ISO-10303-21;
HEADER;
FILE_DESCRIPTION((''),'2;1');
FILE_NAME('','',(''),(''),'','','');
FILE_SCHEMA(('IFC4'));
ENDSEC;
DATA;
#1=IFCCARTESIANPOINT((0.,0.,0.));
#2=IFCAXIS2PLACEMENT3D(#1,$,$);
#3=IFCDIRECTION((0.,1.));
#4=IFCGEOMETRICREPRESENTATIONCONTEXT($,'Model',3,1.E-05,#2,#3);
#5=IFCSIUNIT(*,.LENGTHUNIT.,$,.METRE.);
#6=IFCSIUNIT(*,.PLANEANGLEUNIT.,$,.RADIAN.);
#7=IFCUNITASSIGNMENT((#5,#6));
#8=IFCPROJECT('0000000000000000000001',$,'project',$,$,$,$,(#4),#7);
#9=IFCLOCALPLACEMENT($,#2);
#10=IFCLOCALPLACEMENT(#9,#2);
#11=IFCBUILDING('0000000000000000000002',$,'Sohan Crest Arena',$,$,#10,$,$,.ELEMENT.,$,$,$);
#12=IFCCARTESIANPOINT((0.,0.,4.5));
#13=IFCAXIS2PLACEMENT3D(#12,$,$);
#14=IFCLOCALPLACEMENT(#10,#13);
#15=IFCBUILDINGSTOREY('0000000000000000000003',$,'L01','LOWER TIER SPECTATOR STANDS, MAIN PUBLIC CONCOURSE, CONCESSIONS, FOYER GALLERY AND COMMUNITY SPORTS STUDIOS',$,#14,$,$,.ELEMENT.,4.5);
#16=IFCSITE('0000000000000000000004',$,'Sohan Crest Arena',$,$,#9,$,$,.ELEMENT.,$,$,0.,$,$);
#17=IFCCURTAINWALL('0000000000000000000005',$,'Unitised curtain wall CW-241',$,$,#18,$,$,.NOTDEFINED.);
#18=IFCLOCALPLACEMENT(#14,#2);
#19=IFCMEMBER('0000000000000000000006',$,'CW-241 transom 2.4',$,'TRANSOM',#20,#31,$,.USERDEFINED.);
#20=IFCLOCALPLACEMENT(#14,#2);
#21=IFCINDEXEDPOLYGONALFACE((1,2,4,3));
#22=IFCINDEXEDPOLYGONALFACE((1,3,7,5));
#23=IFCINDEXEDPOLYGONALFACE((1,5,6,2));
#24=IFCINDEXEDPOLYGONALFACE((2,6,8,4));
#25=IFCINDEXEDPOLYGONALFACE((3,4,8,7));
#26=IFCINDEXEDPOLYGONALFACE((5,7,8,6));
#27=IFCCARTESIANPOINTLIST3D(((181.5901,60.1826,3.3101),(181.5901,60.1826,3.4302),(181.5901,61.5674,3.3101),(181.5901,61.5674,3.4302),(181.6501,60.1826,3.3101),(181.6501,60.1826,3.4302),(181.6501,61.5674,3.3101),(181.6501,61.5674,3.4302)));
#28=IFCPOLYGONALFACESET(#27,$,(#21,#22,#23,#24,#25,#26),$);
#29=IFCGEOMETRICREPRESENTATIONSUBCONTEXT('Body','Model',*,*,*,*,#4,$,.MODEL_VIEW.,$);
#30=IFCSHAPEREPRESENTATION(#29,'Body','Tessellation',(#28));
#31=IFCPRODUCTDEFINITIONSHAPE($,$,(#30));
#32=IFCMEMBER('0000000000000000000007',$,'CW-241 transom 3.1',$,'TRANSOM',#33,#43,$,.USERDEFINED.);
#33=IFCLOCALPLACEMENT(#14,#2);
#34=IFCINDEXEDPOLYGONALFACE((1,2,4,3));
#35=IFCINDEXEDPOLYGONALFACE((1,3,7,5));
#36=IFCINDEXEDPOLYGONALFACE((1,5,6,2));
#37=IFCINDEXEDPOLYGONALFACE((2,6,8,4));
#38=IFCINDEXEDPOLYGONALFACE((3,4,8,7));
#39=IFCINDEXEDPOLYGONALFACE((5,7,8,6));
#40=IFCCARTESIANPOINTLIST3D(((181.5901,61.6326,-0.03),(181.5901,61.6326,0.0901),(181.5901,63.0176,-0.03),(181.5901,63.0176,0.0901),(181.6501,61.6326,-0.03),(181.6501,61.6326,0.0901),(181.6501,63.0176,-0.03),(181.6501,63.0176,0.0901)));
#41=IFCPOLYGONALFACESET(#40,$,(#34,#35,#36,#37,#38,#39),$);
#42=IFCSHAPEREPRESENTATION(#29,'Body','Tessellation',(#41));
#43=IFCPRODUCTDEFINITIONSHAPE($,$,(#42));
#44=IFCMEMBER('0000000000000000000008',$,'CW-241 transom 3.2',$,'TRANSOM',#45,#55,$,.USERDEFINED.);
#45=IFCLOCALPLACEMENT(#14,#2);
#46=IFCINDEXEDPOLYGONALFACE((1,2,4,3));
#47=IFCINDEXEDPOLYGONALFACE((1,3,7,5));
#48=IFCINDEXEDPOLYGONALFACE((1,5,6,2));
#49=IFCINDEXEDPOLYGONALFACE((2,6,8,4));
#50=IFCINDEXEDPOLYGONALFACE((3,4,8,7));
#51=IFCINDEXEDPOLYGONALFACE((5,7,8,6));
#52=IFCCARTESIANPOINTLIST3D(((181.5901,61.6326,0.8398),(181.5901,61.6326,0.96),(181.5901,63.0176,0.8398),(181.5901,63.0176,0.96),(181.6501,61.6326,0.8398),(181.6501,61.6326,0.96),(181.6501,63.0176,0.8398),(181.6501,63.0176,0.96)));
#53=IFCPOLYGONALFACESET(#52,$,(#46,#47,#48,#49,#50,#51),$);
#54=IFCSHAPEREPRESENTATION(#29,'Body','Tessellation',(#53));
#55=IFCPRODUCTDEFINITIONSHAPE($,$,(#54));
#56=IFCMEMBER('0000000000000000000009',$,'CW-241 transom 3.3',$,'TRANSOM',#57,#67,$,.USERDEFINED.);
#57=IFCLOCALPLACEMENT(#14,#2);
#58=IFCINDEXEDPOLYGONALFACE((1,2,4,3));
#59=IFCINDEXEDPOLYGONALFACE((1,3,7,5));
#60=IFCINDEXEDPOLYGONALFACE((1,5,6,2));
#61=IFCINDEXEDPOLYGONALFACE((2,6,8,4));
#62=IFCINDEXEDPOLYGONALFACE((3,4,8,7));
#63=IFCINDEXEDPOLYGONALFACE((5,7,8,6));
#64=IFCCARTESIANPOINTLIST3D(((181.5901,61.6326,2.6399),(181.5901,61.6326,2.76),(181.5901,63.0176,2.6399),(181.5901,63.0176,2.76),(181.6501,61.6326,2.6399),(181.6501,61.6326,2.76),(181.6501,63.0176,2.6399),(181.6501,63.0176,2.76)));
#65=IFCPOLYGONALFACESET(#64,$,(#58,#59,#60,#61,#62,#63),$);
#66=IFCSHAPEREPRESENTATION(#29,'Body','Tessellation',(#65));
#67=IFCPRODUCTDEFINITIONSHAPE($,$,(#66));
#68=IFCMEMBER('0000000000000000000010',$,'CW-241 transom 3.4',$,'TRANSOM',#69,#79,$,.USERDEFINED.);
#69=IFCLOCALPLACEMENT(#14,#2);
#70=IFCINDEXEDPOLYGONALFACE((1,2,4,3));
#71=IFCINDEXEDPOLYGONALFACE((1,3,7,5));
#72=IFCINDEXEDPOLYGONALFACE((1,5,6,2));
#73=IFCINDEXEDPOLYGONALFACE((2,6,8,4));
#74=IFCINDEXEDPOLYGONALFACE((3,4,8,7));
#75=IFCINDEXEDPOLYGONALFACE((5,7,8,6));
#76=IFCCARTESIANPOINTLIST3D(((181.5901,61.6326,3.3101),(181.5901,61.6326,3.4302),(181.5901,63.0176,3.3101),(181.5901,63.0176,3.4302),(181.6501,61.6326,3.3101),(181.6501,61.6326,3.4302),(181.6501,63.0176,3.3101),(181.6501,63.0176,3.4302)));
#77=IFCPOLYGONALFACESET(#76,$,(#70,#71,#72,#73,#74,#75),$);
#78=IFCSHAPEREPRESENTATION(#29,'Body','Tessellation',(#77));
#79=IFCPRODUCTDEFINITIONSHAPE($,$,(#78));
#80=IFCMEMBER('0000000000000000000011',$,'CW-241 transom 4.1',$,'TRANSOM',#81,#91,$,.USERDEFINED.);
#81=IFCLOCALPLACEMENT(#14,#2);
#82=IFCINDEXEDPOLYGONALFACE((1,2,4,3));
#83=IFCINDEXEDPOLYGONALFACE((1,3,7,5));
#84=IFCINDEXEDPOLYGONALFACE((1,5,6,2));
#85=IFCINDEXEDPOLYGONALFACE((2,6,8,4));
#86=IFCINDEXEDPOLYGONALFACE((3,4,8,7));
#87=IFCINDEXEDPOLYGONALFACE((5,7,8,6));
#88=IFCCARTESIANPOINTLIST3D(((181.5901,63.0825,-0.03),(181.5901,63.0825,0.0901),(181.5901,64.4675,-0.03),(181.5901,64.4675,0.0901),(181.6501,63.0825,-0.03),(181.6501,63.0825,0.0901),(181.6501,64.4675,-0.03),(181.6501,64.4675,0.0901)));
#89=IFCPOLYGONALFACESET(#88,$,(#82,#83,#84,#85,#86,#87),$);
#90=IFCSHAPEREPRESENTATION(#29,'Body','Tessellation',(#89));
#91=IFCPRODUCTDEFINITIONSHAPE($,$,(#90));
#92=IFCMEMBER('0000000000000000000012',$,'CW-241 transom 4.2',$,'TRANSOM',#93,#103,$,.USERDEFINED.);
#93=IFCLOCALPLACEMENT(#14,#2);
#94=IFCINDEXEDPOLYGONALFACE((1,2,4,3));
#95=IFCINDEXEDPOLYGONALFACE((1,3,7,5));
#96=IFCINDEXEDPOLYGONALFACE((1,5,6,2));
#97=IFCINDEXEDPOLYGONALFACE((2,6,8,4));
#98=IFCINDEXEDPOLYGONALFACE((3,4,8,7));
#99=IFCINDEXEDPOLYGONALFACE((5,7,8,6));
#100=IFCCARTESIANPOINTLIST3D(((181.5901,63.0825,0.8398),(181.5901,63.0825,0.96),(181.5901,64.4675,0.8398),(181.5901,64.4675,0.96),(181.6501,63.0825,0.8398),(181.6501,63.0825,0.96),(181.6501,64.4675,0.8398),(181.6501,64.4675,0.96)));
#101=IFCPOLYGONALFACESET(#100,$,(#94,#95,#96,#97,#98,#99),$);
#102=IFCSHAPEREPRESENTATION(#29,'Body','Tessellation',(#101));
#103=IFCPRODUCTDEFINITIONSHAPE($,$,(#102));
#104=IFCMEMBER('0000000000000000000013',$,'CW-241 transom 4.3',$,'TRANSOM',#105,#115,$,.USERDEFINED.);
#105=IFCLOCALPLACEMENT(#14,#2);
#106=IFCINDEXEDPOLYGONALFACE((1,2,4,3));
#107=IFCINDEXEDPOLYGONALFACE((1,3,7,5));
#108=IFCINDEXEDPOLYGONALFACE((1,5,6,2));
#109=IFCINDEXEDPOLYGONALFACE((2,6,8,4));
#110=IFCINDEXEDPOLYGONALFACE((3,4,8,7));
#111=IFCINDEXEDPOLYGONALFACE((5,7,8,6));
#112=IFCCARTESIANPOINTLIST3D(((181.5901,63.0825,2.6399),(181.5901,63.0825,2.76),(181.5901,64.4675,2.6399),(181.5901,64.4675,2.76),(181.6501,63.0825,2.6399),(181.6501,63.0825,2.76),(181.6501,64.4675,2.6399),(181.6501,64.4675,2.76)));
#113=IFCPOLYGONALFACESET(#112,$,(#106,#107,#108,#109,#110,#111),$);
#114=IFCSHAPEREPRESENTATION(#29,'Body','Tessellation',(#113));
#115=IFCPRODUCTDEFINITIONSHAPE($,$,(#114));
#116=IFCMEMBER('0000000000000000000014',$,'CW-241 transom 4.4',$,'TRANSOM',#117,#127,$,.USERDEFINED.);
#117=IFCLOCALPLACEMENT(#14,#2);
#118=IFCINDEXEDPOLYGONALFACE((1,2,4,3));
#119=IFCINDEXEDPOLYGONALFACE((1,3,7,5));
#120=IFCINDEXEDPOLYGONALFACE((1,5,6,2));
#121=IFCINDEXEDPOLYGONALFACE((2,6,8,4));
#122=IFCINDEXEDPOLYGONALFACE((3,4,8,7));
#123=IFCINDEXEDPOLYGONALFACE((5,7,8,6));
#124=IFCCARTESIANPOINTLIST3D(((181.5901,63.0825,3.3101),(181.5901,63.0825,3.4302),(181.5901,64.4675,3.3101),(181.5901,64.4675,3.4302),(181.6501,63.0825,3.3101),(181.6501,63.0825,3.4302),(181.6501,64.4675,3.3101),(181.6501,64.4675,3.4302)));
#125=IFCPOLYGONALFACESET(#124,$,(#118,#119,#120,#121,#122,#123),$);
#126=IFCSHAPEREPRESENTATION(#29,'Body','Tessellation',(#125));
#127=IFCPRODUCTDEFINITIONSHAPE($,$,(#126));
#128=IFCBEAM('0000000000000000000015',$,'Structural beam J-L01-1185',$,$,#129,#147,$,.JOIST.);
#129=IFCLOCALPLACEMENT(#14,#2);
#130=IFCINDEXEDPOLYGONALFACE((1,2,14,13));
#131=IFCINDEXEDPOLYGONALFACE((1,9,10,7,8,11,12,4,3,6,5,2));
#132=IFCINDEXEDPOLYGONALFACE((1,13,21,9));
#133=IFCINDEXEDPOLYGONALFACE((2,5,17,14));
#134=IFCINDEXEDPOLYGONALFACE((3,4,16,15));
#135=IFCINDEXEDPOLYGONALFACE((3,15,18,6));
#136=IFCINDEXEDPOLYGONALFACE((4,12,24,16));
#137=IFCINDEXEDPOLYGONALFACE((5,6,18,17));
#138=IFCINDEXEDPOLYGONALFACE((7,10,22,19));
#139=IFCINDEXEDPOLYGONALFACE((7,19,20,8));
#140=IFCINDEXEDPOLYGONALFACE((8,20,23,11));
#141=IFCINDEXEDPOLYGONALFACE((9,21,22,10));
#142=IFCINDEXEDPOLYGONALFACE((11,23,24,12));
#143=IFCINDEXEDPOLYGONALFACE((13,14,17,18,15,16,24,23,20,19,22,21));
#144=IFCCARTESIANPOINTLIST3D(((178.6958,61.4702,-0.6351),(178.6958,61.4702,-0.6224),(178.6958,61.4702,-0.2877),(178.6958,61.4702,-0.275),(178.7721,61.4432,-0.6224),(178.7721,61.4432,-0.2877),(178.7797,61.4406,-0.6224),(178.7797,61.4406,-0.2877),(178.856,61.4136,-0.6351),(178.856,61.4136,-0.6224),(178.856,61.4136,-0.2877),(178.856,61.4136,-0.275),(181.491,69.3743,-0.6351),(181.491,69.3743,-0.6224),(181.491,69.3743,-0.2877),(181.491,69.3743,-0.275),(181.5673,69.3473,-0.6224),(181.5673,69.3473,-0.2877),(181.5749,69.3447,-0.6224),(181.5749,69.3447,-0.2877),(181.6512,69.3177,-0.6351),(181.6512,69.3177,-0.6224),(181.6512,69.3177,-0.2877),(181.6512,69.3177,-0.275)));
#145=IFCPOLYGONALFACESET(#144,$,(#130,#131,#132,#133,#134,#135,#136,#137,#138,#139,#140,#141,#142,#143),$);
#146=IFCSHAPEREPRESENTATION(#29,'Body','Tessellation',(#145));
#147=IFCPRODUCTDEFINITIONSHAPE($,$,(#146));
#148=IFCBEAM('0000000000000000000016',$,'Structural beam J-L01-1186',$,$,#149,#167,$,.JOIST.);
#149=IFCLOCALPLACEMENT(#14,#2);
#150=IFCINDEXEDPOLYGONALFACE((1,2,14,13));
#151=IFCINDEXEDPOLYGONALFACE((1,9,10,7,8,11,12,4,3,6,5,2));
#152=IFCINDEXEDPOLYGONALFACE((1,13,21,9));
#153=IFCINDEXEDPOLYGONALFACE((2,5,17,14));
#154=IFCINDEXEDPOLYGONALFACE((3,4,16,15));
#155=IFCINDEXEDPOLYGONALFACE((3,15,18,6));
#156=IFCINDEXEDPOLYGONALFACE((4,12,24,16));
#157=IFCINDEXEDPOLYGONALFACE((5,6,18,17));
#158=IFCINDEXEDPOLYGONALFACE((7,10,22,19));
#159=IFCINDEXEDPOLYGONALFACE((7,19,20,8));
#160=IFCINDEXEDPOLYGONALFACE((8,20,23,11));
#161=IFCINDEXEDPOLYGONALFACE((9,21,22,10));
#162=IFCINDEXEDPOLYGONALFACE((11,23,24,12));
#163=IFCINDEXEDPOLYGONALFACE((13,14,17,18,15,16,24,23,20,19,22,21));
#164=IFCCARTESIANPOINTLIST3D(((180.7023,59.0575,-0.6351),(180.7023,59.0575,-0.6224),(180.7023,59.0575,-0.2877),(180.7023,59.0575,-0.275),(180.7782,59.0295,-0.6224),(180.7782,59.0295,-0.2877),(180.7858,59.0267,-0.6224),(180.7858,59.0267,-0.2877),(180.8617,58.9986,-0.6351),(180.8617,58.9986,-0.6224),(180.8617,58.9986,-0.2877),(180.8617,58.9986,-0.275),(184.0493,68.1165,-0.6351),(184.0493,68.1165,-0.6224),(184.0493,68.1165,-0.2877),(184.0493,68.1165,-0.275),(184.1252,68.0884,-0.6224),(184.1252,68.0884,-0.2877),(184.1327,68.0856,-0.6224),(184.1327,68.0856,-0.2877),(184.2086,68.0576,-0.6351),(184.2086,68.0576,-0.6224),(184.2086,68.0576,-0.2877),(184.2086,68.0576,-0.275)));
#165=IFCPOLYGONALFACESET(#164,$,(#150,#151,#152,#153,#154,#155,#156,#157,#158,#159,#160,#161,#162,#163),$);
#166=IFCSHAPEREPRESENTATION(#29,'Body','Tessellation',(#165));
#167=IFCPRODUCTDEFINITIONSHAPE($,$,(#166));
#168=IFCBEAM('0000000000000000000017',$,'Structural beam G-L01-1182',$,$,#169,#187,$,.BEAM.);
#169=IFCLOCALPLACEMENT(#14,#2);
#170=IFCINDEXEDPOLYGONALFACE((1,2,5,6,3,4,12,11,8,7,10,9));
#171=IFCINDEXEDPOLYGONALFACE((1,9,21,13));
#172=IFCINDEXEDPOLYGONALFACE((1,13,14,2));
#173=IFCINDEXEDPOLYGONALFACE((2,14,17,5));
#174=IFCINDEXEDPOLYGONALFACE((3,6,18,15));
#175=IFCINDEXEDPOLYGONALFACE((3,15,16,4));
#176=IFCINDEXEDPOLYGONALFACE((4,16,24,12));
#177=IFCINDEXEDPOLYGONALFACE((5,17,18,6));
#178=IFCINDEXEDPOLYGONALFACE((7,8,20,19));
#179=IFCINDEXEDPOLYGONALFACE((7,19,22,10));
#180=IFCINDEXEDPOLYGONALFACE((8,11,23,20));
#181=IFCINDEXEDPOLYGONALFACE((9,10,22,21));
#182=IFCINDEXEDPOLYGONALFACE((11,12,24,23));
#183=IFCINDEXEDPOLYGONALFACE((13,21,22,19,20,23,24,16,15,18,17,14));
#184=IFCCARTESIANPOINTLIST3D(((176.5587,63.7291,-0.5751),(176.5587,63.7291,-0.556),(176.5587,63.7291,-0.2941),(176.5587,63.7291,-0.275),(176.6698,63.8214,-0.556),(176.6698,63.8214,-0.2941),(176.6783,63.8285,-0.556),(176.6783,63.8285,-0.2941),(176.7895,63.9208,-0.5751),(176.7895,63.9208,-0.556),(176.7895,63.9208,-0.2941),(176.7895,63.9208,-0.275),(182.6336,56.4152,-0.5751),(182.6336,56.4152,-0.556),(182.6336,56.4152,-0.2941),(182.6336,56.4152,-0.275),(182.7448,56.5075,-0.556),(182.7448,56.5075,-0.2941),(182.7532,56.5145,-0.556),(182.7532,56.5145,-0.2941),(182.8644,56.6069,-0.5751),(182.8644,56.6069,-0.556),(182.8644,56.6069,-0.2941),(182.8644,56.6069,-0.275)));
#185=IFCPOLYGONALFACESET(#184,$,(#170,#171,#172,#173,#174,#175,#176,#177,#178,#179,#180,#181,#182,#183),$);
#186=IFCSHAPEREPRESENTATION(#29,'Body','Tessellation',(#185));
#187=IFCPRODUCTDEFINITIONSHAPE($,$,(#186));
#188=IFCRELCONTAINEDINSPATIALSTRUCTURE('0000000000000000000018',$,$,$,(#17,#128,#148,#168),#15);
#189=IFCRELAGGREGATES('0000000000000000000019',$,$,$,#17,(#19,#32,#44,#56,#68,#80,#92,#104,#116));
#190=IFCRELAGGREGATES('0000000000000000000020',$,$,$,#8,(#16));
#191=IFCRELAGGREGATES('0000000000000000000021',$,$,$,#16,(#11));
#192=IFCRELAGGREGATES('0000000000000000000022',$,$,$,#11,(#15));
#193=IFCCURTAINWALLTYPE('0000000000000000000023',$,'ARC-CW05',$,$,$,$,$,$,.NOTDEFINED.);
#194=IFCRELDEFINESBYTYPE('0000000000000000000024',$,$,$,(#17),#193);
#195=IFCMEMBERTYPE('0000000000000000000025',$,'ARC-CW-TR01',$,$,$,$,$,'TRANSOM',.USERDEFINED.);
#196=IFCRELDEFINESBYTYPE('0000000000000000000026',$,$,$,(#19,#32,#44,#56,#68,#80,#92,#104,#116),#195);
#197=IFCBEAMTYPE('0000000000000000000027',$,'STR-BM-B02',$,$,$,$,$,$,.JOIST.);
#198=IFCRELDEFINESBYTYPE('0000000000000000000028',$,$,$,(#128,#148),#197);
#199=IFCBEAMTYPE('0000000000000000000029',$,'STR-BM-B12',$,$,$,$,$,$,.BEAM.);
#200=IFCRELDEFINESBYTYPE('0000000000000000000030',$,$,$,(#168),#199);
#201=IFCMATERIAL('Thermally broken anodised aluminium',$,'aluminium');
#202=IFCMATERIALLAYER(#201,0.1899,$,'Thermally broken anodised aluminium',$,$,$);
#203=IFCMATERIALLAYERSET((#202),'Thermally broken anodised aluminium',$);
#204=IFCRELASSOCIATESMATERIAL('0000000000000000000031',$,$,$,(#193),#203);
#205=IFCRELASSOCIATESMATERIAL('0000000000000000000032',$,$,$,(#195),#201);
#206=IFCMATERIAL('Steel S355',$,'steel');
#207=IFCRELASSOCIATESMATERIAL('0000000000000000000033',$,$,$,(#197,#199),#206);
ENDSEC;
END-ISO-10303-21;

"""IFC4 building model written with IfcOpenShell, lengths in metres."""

from ifc_helpers import new_model, si_unit, direction, frame, origin, origin_2d, place, context, subcontext, project, spatial, rectangle, i_section, extrude, material, layer, layer_set, material_profile, profile_set, type_object, element, aggregate, save


model = new_model("IFC4")

# Units and contexts
model_context = context("Model", 3, precision=1e-05, world=origin(), true_north=direction((0.0, 1.0)))
body_context = subcontext(model_context, "Body", "Model", "MODEL_VIEW")
ifc_project = project(units=[si_unit("LENGTHUNIT", "METRE"), si_unit("PLANEANGLEUNIT", "RADIAN")], contexts=[model_context])

# Site, building, storey
site_placement = place(None, origin())
site = spatial("IfcSite", under=ifc_project, at=site_placement, Name="Sohan Crest Arena", CompositionType="ELEMENT", RefElevation=0.0)
building_placement = place(site_placement, origin())
building = spatial("IfcBuilding", under=site, at=building_placement, Name="Sohan Crest Arena", CompositionType="ELEMENT")
storey_placement = place(building_placement, frame((0.0, 0.0, 4.5)))
storey = spatial("IfcBuildingStorey", under=building, at=storey_placement, Name="L01", Description="LOWER TIER SPECTATOR STANDS, MAIN PUBLIC CONCOURSE, CONCESSIONS, FOYER GALLERY AND COMMUNITY SPORTS STUDIOS", CompositionType="ELEMENT", Elevation=4.5)

# Shared definitions
ifc_material_1 = material(Name="Steel S355", Category="steel")

# Curtain wall, members
ifc_material_2 = material(Name="Thermally broken anodised aluminium", Category="aluminium")
ifc_layer_1 = layer(ifc_material_2, 0.1899, Name="Thermally broken anodised aluminium")
ifc_layer_set_1 = layer_set([ifc_layer_1], Name="Thermally broken anodised aluminium")
curtain_wall_type = type_object("IfcCurtainWallType", Name="ARC-CW05", PredefinedType="NOTDEFINED", material=ifc_layer_set_1)
curtain_wall_placement = place(storey_placement, origin())
curtain_wall = element("IfcCurtainWall", 1, at=curtain_wall_placement, inside=storey, type_object=curtain_wall_type, Name="Unitised curtain wall CW-241", PredefinedType="NOTDEFINED")
ifc_material_profile_1 = material_profile(ifc_material_2, rectangle(XDim=0.0601, YDim=0.1201, at=origin_2d()), Name="ALU-TRAN 60x120")
ifc_profile_set_1 = profile_set([ifc_material_profile_1], Name="Thermally broken anodised aluminium")
member_type_1 = type_object("IfcMemberType", Name="ARC-CW-TR01", ElementType="TRANSOM", PredefinedType="USERDEFINED", material=ifc_profile_set_1)
member_1_placement = place(storey_placement, frame((181.6201, 60.1826, 3.3701), z_axis=(0.0, 1.0, 0.0), x_axis=(-1.0, 0.0, 0.0)))
member_1 = element("IfcMember", 2, at=member_1_placement, type_object=member_type_1, Name="CW-241 transom 2.4", ObjectType="TRANSOM", PredefinedType="USERDEFINED", context=body_context, shape_type="SweptSolid", body=[
    extrude(rectangle(XDim=0.0601, YDim=0.1201, at=origin_2d()), origin(), (0.0, 0.0, 1.0), 1.3848),
])
member_2_placement = place(storey_placement, frame((181.6201, 61.6326, 0.03), z_axis=(0.0, 1.0, 0.0), x_axis=(-1.0, 0.0, 0.0)))
member_2 = element("IfcMember", 3, at=member_2_placement, type_object=member_type_1, Name="CW-241 transom 3.1", ObjectType="TRANSOM", PredefinedType="USERDEFINED", context=body_context, shape_type="SweptSolid", body=[
    extrude(rectangle(XDim=0.0601, YDim=0.1201, at=origin_2d()), origin(), (0.0, 0.0, 1.0), 1.385),
])
member_3_placement = place(storey_placement, frame((181.6201, 61.6326, 0.8999), z_axis=(0.0, 1.0, 0.0), x_axis=(-1.0, 0.0, 0.0)))
member_3 = element("IfcMember", 4, at=member_3_placement, type_object=member_type_1, Name="CW-241 transom 3.2", ObjectType="TRANSOM", PredefinedType="USERDEFINED", context=body_context, shape_type="SweptSolid", body=[
    extrude(rectangle(XDim=0.0601, YDim=0.1201, at=origin_2d()), origin(), (0.0, 0.0, 1.0), 1.385),
])
member_4_placement = place(storey_placement, frame((181.6201, 61.6326, 2.7), z_axis=(0.0, 1.0, 0.0), x_axis=(-1.0, 0.0, 0.0)))
member_4 = element("IfcMember", 5, at=member_4_placement, type_object=member_type_1, Name="CW-241 transom 3.3", ObjectType="TRANSOM", PredefinedType="USERDEFINED", context=body_context, shape_type="SweptSolid", body=[
    extrude(rectangle(XDim=0.0601, YDim=0.1201, at=origin_2d()), origin(), (0.0, 0.0, 1.0), 1.385),
])
member_5_placement = place(storey_placement, frame((181.6201, 61.6326, 3.3701), z_axis=(0.0, 1.0, 0.0), x_axis=(-1.0, 0.0, 0.0)))
member_5 = element("IfcMember", 6, at=member_5_placement, type_object=member_type_1, Name="CW-241 transom 3.4", ObjectType="TRANSOM", PredefinedType="USERDEFINED", context=body_context, shape_type="SweptSolid", body=[
    extrude(rectangle(XDim=0.0601, YDim=0.1201, at=origin_2d()), origin(), (0.0, 0.0, 1.0), 1.385),
])
member_6_placement = place(storey_placement, frame((181.6201, 63.0825, 0.03), z_axis=(0.0, 1.0, 0.0), x_axis=(-1.0, 0.0, 0.0)))
member_6 = element("IfcMember", 7, at=member_6_placement, type_object=member_type_1, Name="CW-241 transom 4.1", ObjectType="TRANSOM", PredefinedType="USERDEFINED", context=body_context, shape_type="SweptSolid", body=[
    extrude(rectangle(XDim=0.0601, YDim=0.1201, at=origin_2d()), origin(), (0.0, 0.0, 1.0), 1.385),
])
member_7_placement = place(storey_placement, frame((181.6201, 63.0825, 0.8999), z_axis=(0.0, 1.0, 0.0), x_axis=(-1.0, 0.0, 0.0)))
member_7 = element("IfcMember", 8, at=member_7_placement, type_object=member_type_1, Name="CW-241 transom 4.2", ObjectType="TRANSOM", PredefinedType="USERDEFINED", context=body_context, shape_type="SweptSolid", body=[
    extrude(rectangle(XDim=0.0601, YDim=0.1201, at=origin_2d()), origin(), (0.0, 0.0, 1.0), 1.385),
])
member_8_placement = place(storey_placement, frame((181.6201, 63.0825, 2.7), z_axis=(0.0, 1.0, 0.0), x_axis=(-1.0, 0.0, 0.0)))
member_8 = element("IfcMember", 9, at=member_8_placement, type_object=member_type_1, Name="CW-241 transom 4.3", ObjectType="TRANSOM", PredefinedType="USERDEFINED", context=body_context, shape_type="SweptSolid", body=[
    extrude(rectangle(XDim=0.0601, YDim=0.1201, at=origin_2d()), origin(), (0.0, 0.0, 1.0), 1.385),
])
member_9_placement = place(storey_placement, frame((181.6201, 63.0825, 3.3701), z_axis=(0.0, 1.0, 0.0), x_axis=(-1.0, 0.0, 0.0)))
member_9 = element("IfcMember", 10, at=member_9_placement, type_object=member_type_1, Name="CW-241 transom 4.4", ObjectType="TRANSOM", PredefinedType="USERDEFINED", context=body_context, shape_type="SweptSolid", body=[
    extrude(rectangle(XDim=0.0601, YDim=0.1201, at=origin_2d()), origin(), (0.0, 0.0, 1.0), 1.385),
])

# Beams
ifc_material_profile_2 = material_profile(ifc_material_1, i_section(OverallWidth=0.1699, OverallDepth=0.3601, WebThickness=0.0081, FlangeThickness=0.0127, at=origin_2d()), Name="IPE 360")
ifc_profile_set_2 = profile_set([ifc_material_profile_2], Name="Steel S355")
beam_type_1 = type_object("IfcBeamType", Name="STR-BM-B02", PredefinedType="JOIST", material=ifc_profile_set_2)
beam_1_placement = place(storey_placement, frame((178.7759, 61.4419, -0.4551), z_axis=(0.333403, 0.942784, 0.0), x_axis=(-0.942784, 0.333403, 0.0)))
element("IfcBeam", 11, at=beam_1_placement, inside=storey, type_object=beam_type_1, Name="Structural beam J-L01-1185", PredefinedType="JOIST", context=body_context, shape_type="SweptSolid", body=[
    extrude(i_section(OverallWidth=0.1699, OverallDepth=0.3601, WebThickness=0.0081, FlangeThickness=0.0127, at=origin_2d()), origin(), (0.0, 0.0, 1.0), 8.3838),
])
beam_2_placement = place(storey_placement, frame((180.782, 59.0281, -0.4551), z_axis=(0.346567, 0.938025, 0.0), x_axis=(-0.938025, 0.346567, 0.0)))
element("IfcBeam", 12, at=beam_2_placement, inside=storey, type_object=beam_type_1, Name="Structural beam J-L01-1186", PredefinedType="JOIST", context=body_context, shape_type="SweptSolid", body=[
    extrude(i_section(OverallWidth=0.1699, OverallDepth=0.3601, WebThickness=0.0081, FlangeThickness=0.0127, at=origin_2d()), origin(), (0.0, 0.0, 1.0), 9.6575),
])
ifc_material_profile_3 = material_profile(ifc_material_1, i_section(OverallWidth=0.3, OverallDepth=0.3, WebThickness=0.011, FlangeThickness=0.019, at=origin_2d()), Name="HEB 300")
ifc_profile_set_3 = profile_set([ifc_material_profile_3], Name="Steel S355")
beam_type_2 = type_object("IfcBeamType", Name="STR-BM-B12", PredefinedType="BEAM", material=ifc_profile_set_3)
beam_3_placement = place(storey_placement, frame((176.6741, 63.825, -0.425), z_axis=(0.638941, -0.769256, 0.0), x_axis=(0.769256, 0.638941, 0.0)))
element("IfcBeam", 13, at=beam_3_placement, inside=storey, type_object=beam_type_2, Name="Structural beam G-L01-1182", PredefinedType="BEAM", context=body_context, shape_type="SweptSolid", body=[
    extrude(i_section(OverallWidth=0.3, OverallDepth=0.3, WebThickness=0.011, FlangeThickness=0.019, at=origin_2d()), origin(), (0.0, 0.0, 1.0), 9.5078),
])

aggregate(curtain_wall, [member_1, member_2, member_3, member_4, member_5, member_6, member_7, member_8, member_9])

save(model, "model.ifc")
